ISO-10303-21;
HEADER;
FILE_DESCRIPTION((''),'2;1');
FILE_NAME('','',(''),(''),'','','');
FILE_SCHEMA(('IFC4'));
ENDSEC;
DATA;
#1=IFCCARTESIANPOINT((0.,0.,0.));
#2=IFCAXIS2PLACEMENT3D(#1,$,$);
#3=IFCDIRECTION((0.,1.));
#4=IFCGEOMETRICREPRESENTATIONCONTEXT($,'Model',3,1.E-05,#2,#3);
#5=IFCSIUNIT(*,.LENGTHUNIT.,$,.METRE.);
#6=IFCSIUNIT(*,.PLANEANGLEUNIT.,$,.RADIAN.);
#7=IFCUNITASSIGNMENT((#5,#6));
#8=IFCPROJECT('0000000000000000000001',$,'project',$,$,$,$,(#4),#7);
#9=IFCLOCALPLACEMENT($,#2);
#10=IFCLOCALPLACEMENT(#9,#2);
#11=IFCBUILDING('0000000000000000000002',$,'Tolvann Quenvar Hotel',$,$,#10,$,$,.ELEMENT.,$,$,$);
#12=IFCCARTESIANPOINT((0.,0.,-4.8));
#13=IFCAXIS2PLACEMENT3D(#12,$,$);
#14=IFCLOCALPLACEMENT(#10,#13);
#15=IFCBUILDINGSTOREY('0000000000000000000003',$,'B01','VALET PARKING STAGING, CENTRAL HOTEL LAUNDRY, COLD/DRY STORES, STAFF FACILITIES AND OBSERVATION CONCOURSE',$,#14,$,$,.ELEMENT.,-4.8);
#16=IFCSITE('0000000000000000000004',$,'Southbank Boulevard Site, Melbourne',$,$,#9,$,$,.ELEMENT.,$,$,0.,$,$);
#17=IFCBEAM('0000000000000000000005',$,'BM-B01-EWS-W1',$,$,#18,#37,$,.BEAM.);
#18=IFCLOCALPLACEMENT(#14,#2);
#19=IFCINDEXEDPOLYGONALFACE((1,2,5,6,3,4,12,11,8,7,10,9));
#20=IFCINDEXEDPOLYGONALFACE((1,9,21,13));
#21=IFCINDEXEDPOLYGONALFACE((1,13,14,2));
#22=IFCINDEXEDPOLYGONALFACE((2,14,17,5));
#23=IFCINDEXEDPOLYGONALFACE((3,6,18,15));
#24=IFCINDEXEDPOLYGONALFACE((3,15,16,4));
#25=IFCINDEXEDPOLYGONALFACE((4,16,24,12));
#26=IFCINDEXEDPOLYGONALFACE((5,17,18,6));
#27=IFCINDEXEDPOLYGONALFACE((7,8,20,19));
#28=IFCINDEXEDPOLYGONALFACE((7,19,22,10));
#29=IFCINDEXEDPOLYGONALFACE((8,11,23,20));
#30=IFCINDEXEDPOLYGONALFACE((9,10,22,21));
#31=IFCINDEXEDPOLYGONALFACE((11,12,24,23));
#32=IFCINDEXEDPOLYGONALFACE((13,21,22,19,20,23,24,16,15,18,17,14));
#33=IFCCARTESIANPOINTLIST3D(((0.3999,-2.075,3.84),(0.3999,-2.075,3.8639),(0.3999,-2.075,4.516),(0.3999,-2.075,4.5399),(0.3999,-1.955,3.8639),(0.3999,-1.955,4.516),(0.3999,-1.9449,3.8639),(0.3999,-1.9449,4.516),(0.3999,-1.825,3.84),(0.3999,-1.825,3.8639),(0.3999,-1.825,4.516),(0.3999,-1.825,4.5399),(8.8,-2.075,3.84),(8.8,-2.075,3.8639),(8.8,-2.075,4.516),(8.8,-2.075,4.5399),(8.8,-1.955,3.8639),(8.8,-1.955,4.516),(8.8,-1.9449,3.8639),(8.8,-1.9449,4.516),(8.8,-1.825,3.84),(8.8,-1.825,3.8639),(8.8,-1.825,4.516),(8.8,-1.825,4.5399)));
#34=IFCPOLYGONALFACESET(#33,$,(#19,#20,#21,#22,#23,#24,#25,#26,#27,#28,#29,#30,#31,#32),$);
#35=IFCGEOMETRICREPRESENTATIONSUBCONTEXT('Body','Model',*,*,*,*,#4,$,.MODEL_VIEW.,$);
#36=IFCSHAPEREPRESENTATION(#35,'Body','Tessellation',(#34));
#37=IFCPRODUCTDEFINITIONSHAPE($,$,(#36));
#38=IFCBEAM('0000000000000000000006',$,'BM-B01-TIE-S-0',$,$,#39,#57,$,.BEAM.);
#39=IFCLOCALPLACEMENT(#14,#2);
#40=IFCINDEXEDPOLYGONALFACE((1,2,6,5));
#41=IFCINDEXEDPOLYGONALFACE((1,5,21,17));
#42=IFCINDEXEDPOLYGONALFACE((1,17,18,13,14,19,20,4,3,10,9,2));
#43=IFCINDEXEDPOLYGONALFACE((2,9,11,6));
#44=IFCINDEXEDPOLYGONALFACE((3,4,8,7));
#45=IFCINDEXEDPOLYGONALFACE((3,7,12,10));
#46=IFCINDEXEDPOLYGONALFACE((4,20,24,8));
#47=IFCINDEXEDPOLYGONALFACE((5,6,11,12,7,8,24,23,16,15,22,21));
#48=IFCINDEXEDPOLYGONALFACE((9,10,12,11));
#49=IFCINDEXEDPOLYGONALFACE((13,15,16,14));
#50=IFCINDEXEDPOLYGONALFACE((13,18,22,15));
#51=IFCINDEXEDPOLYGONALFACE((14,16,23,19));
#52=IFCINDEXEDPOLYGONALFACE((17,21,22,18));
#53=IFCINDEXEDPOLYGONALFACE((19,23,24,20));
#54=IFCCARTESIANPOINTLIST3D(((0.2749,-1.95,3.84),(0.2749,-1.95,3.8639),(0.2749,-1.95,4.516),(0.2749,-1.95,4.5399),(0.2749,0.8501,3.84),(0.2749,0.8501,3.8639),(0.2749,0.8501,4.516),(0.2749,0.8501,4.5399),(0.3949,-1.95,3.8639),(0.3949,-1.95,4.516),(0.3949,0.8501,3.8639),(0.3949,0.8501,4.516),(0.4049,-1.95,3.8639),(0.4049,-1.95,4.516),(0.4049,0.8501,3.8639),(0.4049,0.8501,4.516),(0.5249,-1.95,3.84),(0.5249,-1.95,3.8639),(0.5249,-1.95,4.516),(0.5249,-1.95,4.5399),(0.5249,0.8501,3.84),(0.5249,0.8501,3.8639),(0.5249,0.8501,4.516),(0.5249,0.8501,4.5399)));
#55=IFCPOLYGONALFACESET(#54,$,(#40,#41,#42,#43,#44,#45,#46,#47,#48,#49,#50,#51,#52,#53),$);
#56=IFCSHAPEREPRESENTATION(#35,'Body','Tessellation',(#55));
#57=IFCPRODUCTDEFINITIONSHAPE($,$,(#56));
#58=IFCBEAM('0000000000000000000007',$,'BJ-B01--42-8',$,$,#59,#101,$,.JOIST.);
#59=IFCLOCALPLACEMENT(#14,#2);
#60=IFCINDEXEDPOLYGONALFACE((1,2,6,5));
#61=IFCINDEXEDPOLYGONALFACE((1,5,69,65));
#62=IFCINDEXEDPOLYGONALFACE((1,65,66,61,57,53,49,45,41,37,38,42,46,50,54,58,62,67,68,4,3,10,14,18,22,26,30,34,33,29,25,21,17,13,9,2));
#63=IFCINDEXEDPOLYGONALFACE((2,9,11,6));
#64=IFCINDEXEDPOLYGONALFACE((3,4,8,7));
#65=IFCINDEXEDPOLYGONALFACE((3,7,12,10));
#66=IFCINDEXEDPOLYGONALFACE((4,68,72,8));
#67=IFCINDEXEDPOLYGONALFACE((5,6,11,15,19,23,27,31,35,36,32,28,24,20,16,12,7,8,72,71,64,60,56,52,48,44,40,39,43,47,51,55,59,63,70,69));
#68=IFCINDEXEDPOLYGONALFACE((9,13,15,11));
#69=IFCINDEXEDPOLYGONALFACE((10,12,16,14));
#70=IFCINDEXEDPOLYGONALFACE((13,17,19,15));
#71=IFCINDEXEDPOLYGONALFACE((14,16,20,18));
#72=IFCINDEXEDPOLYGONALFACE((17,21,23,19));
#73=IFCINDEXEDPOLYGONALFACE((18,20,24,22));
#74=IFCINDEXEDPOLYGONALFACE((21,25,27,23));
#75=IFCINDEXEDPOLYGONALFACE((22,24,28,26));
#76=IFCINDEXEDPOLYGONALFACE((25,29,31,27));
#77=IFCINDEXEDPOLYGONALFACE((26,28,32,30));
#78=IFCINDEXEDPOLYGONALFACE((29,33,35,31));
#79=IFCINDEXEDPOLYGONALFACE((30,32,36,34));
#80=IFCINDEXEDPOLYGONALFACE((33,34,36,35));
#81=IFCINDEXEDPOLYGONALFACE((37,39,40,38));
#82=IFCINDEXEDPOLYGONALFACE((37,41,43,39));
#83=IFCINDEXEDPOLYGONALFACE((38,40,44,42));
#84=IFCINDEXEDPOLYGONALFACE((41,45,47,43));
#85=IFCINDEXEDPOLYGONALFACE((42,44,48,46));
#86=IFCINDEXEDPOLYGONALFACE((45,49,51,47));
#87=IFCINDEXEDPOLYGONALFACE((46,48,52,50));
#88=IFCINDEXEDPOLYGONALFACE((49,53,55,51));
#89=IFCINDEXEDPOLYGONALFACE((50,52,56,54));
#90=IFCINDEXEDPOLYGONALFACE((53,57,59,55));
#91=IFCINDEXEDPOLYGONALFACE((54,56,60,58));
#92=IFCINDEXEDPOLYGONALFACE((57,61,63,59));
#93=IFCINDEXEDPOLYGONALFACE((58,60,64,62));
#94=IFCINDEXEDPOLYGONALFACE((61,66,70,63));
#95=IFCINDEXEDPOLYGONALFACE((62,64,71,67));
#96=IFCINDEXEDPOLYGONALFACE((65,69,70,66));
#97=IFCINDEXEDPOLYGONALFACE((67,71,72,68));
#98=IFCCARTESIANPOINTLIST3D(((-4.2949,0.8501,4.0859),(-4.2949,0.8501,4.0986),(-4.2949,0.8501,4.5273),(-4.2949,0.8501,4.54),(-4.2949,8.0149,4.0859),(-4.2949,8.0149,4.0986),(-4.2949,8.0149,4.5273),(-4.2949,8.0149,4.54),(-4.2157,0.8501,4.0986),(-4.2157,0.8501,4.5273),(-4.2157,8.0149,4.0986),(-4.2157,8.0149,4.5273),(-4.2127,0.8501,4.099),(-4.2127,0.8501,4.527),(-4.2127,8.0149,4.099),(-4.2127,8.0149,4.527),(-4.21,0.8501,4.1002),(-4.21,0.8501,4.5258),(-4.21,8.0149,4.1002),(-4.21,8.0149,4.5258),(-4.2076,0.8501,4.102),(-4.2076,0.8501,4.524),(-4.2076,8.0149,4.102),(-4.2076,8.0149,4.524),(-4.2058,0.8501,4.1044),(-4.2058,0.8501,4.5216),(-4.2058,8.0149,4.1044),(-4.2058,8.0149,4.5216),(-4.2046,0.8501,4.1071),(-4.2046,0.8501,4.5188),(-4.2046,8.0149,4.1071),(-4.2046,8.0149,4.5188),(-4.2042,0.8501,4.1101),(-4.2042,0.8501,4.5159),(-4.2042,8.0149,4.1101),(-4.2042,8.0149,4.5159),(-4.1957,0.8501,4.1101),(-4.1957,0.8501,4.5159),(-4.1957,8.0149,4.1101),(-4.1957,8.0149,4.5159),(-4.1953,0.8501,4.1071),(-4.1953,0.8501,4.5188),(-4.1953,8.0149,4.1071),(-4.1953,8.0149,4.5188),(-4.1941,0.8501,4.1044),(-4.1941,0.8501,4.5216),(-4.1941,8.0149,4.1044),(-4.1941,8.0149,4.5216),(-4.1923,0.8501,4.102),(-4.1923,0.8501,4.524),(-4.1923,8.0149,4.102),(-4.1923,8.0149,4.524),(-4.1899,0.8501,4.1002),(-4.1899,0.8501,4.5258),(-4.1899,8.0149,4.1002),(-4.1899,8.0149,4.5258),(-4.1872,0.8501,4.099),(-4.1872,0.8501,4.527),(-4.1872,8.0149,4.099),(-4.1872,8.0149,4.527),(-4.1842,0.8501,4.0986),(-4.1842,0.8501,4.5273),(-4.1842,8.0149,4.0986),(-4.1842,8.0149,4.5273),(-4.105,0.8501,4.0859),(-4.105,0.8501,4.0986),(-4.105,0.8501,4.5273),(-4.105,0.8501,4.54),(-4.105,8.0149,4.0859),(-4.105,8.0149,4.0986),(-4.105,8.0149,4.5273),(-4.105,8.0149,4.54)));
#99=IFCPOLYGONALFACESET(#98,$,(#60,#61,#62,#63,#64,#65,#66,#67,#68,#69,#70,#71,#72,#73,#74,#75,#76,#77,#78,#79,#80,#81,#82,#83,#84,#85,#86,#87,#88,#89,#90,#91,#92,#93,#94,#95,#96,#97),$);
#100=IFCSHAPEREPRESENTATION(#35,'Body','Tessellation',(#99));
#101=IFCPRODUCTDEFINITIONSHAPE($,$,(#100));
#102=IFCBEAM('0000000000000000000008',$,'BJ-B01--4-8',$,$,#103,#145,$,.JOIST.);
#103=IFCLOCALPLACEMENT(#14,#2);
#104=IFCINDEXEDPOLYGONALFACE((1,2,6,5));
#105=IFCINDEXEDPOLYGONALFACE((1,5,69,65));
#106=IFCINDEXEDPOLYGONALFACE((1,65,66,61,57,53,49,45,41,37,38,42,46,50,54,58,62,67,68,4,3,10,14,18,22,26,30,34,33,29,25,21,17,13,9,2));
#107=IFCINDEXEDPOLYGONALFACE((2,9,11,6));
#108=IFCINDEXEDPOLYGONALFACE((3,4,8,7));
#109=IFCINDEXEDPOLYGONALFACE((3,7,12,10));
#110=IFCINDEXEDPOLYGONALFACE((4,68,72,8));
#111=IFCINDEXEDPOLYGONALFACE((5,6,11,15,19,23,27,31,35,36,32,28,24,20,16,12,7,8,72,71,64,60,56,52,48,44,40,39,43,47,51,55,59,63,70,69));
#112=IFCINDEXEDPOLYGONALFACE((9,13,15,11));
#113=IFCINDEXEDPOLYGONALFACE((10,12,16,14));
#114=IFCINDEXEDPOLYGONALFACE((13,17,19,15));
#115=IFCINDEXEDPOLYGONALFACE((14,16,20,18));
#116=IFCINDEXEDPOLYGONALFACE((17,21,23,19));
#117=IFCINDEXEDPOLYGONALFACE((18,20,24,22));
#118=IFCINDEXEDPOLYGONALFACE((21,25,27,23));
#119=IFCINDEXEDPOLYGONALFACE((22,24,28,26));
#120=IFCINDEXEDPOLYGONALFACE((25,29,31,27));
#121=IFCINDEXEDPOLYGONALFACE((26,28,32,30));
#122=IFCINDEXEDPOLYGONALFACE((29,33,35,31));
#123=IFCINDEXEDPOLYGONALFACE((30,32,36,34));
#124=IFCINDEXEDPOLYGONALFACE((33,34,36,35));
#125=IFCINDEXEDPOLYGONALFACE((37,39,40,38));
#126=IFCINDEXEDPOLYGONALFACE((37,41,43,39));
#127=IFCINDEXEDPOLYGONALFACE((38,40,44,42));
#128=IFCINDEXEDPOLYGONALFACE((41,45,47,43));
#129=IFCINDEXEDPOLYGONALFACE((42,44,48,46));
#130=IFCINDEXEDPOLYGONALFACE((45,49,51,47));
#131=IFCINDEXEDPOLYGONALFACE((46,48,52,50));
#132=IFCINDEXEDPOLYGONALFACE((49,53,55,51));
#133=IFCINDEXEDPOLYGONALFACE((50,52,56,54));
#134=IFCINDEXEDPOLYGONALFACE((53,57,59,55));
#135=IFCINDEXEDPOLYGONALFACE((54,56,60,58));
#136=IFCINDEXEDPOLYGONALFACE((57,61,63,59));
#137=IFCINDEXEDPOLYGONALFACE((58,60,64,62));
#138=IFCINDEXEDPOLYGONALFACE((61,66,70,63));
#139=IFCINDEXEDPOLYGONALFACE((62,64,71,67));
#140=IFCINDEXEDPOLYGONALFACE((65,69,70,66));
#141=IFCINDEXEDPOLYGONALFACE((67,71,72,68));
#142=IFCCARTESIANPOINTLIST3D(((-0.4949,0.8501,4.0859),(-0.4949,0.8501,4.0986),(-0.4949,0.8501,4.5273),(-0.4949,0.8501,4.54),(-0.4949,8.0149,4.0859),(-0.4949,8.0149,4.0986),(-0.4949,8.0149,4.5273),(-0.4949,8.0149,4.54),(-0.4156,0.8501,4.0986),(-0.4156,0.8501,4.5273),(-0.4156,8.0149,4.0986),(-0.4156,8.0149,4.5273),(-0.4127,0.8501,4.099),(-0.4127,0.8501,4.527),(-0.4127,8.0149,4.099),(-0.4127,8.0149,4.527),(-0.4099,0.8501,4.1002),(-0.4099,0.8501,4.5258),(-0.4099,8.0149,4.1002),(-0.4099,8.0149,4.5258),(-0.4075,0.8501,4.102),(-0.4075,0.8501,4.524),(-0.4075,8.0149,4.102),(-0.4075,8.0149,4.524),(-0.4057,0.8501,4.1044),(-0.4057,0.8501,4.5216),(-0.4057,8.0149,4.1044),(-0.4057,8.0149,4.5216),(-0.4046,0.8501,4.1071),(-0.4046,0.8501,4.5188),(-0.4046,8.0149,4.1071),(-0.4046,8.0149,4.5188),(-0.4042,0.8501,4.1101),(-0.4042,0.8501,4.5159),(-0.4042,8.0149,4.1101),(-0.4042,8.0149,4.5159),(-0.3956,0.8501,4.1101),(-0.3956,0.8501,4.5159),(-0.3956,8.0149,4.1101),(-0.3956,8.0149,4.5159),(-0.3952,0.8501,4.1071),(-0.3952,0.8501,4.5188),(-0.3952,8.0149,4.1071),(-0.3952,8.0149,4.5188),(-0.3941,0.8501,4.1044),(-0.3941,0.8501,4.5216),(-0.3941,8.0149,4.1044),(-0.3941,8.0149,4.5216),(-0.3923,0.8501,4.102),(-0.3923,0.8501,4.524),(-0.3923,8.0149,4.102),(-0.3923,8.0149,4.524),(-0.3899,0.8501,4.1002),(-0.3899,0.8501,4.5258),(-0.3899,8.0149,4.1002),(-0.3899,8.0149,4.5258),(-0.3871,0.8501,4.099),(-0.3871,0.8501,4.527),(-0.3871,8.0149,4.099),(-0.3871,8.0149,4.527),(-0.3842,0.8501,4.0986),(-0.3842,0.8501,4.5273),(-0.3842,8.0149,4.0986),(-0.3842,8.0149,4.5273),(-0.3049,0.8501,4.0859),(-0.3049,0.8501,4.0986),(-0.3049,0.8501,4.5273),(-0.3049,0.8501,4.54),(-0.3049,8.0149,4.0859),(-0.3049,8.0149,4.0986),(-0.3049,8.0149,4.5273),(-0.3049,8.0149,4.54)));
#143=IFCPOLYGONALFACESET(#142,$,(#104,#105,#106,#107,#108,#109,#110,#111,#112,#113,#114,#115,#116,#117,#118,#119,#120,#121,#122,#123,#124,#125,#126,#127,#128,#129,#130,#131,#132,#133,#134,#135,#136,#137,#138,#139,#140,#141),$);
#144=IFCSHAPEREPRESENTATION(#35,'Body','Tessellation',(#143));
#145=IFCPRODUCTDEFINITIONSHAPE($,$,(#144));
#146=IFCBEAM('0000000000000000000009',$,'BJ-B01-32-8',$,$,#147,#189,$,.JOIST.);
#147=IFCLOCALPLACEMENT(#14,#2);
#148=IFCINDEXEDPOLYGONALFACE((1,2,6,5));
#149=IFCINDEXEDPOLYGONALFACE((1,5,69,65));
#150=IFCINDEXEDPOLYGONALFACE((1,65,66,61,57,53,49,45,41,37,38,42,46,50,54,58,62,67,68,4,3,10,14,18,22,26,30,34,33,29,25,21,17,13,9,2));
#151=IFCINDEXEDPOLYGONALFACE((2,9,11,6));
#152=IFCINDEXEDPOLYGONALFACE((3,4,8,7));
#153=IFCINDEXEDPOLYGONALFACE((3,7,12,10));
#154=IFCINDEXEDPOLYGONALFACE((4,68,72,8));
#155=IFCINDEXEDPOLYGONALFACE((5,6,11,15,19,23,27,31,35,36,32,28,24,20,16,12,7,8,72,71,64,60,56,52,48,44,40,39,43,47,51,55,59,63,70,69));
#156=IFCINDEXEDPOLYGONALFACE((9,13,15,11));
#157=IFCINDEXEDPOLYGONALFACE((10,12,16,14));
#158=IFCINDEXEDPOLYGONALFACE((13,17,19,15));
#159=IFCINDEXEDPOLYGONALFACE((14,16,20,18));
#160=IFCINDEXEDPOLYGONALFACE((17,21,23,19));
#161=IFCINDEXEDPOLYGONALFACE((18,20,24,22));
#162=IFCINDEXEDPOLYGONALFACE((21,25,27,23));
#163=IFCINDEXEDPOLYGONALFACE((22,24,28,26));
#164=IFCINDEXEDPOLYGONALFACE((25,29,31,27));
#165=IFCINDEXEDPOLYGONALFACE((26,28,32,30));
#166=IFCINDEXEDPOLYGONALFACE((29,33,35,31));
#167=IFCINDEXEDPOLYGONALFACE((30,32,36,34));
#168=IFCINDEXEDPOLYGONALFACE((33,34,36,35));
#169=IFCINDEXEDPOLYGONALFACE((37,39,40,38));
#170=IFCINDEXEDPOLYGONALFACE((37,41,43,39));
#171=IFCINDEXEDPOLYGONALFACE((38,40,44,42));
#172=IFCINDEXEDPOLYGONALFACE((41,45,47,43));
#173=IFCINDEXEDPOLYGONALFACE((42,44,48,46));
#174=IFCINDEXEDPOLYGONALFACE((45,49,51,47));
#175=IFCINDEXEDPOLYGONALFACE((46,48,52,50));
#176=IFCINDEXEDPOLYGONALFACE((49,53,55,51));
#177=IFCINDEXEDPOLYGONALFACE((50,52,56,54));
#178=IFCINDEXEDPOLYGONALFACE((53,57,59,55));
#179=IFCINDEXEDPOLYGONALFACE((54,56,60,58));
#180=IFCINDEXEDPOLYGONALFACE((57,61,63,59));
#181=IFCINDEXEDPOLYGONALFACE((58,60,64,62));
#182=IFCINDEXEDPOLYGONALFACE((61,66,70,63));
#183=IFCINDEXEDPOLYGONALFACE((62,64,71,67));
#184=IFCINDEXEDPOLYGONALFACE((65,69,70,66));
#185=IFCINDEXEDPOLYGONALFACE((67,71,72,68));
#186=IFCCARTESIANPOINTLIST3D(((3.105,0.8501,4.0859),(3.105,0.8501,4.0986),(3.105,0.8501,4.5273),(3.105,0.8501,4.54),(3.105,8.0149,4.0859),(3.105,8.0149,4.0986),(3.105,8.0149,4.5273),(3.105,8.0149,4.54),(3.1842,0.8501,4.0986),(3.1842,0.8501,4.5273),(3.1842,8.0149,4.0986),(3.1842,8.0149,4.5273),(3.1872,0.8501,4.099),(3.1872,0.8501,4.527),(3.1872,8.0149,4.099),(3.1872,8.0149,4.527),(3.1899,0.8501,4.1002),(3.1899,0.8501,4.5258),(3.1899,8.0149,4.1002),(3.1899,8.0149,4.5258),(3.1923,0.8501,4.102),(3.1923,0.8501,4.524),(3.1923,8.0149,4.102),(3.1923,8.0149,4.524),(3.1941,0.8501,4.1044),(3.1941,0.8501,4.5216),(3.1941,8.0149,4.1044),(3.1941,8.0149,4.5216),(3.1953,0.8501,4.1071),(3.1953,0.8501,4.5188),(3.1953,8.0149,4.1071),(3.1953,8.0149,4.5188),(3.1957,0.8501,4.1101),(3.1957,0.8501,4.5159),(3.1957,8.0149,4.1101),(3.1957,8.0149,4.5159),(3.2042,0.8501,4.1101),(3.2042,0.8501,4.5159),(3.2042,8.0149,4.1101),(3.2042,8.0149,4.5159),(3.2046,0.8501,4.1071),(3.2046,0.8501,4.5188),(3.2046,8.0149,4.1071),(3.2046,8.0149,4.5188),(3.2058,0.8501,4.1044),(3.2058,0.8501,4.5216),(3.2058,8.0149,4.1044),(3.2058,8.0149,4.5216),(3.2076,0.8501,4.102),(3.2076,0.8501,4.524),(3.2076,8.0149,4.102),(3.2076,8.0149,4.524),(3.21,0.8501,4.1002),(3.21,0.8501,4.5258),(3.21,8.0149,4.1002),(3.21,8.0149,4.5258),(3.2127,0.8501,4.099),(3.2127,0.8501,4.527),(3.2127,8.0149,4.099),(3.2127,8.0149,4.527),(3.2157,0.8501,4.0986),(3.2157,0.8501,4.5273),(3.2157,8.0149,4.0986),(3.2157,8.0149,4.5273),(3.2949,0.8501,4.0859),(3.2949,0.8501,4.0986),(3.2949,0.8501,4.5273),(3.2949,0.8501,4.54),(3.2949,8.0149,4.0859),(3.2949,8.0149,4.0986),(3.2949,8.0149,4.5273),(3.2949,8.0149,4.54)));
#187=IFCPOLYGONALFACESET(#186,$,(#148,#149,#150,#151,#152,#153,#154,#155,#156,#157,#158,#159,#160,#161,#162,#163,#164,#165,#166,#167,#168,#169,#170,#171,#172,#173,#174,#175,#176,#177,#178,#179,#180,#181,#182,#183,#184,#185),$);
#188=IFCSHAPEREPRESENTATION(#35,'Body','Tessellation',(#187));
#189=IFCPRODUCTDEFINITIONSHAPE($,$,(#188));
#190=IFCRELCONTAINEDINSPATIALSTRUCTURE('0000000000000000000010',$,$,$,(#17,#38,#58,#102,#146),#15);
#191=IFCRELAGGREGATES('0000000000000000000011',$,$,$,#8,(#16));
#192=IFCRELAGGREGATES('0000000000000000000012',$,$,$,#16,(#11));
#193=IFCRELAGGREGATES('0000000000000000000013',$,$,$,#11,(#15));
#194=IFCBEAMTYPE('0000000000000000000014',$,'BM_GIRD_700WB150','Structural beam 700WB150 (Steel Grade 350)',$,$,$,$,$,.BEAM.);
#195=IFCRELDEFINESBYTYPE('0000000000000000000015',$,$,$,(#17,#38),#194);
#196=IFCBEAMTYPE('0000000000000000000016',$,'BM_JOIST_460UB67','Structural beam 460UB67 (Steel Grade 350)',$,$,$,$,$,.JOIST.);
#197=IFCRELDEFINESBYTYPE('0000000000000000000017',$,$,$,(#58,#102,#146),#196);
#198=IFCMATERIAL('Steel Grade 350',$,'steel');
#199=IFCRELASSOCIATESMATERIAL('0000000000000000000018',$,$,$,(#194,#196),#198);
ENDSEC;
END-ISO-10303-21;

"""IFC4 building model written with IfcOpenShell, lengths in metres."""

from ifc_helpers import new_model, si_unit, direction, frame, origin, origin_2d, place, context, subcontext, project, spatial, i_section, extrude, source, transform, mapped, material, material_profile, profile_set, type_object, element, save


model = new_model("IFC4")

# Units and contexts
model_context = context("Model", 3, precision=1e-05, world=origin(), true_north=direction((0.0, 1.0)))
body_context = subcontext(model_context, "Body", "Model", "MODEL_VIEW")
ifc_project = project(units=[si_unit("LENGTHUNIT", "METRE"), si_unit("PLANEANGLEUNIT", "RADIAN")], contexts=[model_context])

# Site, building, storey
site_placement = place(None, origin())
site = spatial("IfcSite", under=ifc_project, at=site_placement, Name="Southbank Boulevard Site, Melbourne", CompositionType="ELEMENT", RefElevation=0.0)
building_placement = place(site_placement, origin())
building = spatial("IfcBuilding", under=site, at=building_placement, Name="Tolvann Quenvar Hotel", CompositionType="ELEMENT")
storey_placement = place(building_placement, frame((0.0, 0.0, -4.8)))
storey = spatial("IfcBuildingStorey", under=building, at=storey_placement, Name="B01", Description="VALET PARKING STAGING, CENTRAL HOTEL LAUNDRY, COLD/DRY STORES, STAFF FACILITIES AND OBSERVATION CONCOURSE", CompositionType="ELEMENT", Elevation=-4.8)

# Beams
ifc_material_1 = material(Name="Steel Grade 350", Category="steel")
ifc_material_profile_1 = material_profile(ifc_material_1, i_section(OverallWidth=0.25, OverallDepth=0.7, WebThickness=0.01, FlangeThickness=0.0239, at=origin_2d()), Name="700WB150")
ifc_profile_set_1 = profile_set([ifc_material_profile_1], Name="Steel Grade 350")
beam_type_1 = type_object("IfcBeamType", Name="BM_GIRD_700WB150", Description="Structural beam 700WB150 (Steel Grade 350)", PredefinedType="BEAM", material=ifc_profile_set_1)
shared_shape_1 = source(origin(), body_context, "Body", "SweptSolid", [
    extrude(i_section(OverallWidth=0.25, OverallDepth=0.7, WebThickness=0.01, FlangeThickness=0.0239, at=origin_2d()), origin(), (0.0, 0.0, 1.0), 8.4001),
])
beam_1_placement = place(storey_placement, frame((0.3999, -1.95, 4.1899), z_axis=(1.0, 0.0, 0.0), x_axis=(0.0, 1.0, 0.0)))
element("IfcBeam", 1, at=beam_1_placement, inside=storey, type_object=beam_type_1, Name="BM-B01-EWS-W1", PredefinedType="BEAM", context=body_context, shape_type="MappedRepresentation", body=[
    mapped(shared_shape_1, transform((0.0, 0.0, 0.0), x_axis=(1.0, 0.0, 0.0), y_axis=(0.0, 1.0, 0.0), z_axis=(0.0, 0.0, 1.0), scale=1.0)),
])
shared_shape_2 = source(origin(), body_context, "Body", "SweptSolid", [
    extrude(i_section(OverallWidth=0.25, OverallDepth=0.7, WebThickness=0.01, FlangeThickness=0.0239, at=origin_2d()), origin(), (0.0, 0.0, 1.0), 2.8),
])
beam_2_placement = place(storey_placement, frame((0.3999, -1.95, 4.1899), z_axis=(0.0, 1.0, 0.0), x_axis=(-1.0, 0.0, 0.0)))
element("IfcBeam", 2, at=beam_2_placement, inside=storey, type_object=beam_type_1, Name="BM-B01-TIE-S-0", PredefinedType="BEAM", context=body_context, shape_type="MappedRepresentation", body=[
    mapped(shared_shape_2, transform((0.0, 0.0, 0.0), x_axis=(1.0, 0.0, 0.0), y_axis=(0.0, 1.0, 0.0), z_axis=(0.0, 0.0, 1.0), scale=1.0)),
])
ifc_material_profile_2 = material_profile(ifc_material_1, i_section(OverallWidth=0.1899, OverallDepth=0.4541, WebThickness=0.0085, FlangeThickness=0.0127, FilletRadius=0.0115, at=origin_2d()), Name="460UB67")
ifc_profile_set_2 = profile_set([ifc_material_profile_2], Name="Steel Grade 350")
beam_type_2 = type_object("IfcBeamType", Name="BM_JOIST_460UB67", Description="Structural beam 460UB67 (Steel Grade 350)", PredefinedType="JOIST", material=ifc_profile_set_2)
shared_shape_3 = source(origin(), body_context, "Body", "SweptSolid", [
    extrude(i_section(OverallWidth=0.1899, OverallDepth=0.4541, WebThickness=0.0085, FlangeThickness=0.0127, FilletRadius=0.0115, at=origin_2d()), origin(), (0.0, 0.0, 1.0), 7.1648),
])
for number, where, z_axis, x_axis, name in (
    (3, (-4.2, 0.8501, 4.313), (0.0, 1.0, 0.0), (-1.0, 0.0, 0.0), "BJ-B01--42-8"),
    (4, (-0.3999, 0.8501, 4.313), (0.0, 1.0, 0.0), (-1.0, 0.0, 0.0), "BJ-B01--4-8"),
    (5, (3.2, 0.8501, 4.313), (0.0, 1.0, 0.0), (-1.0, 0.0, 0.0), "BJ-B01-32-8"),
):
    element("IfcBeam", number, at=place(storey_placement, frame(where, z_axis=z_axis, x_axis=x_axis)), inside=storey, type_object=beam_type_2, Name=name, PredefinedType="JOIST", context=body_context, shape_type="MappedRepresentation", body=[
        mapped(shared_shape_3, transform((0.0, 0.0, 0.0), x_axis=(1.0, 0.0, 0.0), y_axis=(0.0, 1.0, 0.0), z_axis=(0.0, 0.0, 1.0), scale=1.0)),
    ])

save(model, "model.ifc")
